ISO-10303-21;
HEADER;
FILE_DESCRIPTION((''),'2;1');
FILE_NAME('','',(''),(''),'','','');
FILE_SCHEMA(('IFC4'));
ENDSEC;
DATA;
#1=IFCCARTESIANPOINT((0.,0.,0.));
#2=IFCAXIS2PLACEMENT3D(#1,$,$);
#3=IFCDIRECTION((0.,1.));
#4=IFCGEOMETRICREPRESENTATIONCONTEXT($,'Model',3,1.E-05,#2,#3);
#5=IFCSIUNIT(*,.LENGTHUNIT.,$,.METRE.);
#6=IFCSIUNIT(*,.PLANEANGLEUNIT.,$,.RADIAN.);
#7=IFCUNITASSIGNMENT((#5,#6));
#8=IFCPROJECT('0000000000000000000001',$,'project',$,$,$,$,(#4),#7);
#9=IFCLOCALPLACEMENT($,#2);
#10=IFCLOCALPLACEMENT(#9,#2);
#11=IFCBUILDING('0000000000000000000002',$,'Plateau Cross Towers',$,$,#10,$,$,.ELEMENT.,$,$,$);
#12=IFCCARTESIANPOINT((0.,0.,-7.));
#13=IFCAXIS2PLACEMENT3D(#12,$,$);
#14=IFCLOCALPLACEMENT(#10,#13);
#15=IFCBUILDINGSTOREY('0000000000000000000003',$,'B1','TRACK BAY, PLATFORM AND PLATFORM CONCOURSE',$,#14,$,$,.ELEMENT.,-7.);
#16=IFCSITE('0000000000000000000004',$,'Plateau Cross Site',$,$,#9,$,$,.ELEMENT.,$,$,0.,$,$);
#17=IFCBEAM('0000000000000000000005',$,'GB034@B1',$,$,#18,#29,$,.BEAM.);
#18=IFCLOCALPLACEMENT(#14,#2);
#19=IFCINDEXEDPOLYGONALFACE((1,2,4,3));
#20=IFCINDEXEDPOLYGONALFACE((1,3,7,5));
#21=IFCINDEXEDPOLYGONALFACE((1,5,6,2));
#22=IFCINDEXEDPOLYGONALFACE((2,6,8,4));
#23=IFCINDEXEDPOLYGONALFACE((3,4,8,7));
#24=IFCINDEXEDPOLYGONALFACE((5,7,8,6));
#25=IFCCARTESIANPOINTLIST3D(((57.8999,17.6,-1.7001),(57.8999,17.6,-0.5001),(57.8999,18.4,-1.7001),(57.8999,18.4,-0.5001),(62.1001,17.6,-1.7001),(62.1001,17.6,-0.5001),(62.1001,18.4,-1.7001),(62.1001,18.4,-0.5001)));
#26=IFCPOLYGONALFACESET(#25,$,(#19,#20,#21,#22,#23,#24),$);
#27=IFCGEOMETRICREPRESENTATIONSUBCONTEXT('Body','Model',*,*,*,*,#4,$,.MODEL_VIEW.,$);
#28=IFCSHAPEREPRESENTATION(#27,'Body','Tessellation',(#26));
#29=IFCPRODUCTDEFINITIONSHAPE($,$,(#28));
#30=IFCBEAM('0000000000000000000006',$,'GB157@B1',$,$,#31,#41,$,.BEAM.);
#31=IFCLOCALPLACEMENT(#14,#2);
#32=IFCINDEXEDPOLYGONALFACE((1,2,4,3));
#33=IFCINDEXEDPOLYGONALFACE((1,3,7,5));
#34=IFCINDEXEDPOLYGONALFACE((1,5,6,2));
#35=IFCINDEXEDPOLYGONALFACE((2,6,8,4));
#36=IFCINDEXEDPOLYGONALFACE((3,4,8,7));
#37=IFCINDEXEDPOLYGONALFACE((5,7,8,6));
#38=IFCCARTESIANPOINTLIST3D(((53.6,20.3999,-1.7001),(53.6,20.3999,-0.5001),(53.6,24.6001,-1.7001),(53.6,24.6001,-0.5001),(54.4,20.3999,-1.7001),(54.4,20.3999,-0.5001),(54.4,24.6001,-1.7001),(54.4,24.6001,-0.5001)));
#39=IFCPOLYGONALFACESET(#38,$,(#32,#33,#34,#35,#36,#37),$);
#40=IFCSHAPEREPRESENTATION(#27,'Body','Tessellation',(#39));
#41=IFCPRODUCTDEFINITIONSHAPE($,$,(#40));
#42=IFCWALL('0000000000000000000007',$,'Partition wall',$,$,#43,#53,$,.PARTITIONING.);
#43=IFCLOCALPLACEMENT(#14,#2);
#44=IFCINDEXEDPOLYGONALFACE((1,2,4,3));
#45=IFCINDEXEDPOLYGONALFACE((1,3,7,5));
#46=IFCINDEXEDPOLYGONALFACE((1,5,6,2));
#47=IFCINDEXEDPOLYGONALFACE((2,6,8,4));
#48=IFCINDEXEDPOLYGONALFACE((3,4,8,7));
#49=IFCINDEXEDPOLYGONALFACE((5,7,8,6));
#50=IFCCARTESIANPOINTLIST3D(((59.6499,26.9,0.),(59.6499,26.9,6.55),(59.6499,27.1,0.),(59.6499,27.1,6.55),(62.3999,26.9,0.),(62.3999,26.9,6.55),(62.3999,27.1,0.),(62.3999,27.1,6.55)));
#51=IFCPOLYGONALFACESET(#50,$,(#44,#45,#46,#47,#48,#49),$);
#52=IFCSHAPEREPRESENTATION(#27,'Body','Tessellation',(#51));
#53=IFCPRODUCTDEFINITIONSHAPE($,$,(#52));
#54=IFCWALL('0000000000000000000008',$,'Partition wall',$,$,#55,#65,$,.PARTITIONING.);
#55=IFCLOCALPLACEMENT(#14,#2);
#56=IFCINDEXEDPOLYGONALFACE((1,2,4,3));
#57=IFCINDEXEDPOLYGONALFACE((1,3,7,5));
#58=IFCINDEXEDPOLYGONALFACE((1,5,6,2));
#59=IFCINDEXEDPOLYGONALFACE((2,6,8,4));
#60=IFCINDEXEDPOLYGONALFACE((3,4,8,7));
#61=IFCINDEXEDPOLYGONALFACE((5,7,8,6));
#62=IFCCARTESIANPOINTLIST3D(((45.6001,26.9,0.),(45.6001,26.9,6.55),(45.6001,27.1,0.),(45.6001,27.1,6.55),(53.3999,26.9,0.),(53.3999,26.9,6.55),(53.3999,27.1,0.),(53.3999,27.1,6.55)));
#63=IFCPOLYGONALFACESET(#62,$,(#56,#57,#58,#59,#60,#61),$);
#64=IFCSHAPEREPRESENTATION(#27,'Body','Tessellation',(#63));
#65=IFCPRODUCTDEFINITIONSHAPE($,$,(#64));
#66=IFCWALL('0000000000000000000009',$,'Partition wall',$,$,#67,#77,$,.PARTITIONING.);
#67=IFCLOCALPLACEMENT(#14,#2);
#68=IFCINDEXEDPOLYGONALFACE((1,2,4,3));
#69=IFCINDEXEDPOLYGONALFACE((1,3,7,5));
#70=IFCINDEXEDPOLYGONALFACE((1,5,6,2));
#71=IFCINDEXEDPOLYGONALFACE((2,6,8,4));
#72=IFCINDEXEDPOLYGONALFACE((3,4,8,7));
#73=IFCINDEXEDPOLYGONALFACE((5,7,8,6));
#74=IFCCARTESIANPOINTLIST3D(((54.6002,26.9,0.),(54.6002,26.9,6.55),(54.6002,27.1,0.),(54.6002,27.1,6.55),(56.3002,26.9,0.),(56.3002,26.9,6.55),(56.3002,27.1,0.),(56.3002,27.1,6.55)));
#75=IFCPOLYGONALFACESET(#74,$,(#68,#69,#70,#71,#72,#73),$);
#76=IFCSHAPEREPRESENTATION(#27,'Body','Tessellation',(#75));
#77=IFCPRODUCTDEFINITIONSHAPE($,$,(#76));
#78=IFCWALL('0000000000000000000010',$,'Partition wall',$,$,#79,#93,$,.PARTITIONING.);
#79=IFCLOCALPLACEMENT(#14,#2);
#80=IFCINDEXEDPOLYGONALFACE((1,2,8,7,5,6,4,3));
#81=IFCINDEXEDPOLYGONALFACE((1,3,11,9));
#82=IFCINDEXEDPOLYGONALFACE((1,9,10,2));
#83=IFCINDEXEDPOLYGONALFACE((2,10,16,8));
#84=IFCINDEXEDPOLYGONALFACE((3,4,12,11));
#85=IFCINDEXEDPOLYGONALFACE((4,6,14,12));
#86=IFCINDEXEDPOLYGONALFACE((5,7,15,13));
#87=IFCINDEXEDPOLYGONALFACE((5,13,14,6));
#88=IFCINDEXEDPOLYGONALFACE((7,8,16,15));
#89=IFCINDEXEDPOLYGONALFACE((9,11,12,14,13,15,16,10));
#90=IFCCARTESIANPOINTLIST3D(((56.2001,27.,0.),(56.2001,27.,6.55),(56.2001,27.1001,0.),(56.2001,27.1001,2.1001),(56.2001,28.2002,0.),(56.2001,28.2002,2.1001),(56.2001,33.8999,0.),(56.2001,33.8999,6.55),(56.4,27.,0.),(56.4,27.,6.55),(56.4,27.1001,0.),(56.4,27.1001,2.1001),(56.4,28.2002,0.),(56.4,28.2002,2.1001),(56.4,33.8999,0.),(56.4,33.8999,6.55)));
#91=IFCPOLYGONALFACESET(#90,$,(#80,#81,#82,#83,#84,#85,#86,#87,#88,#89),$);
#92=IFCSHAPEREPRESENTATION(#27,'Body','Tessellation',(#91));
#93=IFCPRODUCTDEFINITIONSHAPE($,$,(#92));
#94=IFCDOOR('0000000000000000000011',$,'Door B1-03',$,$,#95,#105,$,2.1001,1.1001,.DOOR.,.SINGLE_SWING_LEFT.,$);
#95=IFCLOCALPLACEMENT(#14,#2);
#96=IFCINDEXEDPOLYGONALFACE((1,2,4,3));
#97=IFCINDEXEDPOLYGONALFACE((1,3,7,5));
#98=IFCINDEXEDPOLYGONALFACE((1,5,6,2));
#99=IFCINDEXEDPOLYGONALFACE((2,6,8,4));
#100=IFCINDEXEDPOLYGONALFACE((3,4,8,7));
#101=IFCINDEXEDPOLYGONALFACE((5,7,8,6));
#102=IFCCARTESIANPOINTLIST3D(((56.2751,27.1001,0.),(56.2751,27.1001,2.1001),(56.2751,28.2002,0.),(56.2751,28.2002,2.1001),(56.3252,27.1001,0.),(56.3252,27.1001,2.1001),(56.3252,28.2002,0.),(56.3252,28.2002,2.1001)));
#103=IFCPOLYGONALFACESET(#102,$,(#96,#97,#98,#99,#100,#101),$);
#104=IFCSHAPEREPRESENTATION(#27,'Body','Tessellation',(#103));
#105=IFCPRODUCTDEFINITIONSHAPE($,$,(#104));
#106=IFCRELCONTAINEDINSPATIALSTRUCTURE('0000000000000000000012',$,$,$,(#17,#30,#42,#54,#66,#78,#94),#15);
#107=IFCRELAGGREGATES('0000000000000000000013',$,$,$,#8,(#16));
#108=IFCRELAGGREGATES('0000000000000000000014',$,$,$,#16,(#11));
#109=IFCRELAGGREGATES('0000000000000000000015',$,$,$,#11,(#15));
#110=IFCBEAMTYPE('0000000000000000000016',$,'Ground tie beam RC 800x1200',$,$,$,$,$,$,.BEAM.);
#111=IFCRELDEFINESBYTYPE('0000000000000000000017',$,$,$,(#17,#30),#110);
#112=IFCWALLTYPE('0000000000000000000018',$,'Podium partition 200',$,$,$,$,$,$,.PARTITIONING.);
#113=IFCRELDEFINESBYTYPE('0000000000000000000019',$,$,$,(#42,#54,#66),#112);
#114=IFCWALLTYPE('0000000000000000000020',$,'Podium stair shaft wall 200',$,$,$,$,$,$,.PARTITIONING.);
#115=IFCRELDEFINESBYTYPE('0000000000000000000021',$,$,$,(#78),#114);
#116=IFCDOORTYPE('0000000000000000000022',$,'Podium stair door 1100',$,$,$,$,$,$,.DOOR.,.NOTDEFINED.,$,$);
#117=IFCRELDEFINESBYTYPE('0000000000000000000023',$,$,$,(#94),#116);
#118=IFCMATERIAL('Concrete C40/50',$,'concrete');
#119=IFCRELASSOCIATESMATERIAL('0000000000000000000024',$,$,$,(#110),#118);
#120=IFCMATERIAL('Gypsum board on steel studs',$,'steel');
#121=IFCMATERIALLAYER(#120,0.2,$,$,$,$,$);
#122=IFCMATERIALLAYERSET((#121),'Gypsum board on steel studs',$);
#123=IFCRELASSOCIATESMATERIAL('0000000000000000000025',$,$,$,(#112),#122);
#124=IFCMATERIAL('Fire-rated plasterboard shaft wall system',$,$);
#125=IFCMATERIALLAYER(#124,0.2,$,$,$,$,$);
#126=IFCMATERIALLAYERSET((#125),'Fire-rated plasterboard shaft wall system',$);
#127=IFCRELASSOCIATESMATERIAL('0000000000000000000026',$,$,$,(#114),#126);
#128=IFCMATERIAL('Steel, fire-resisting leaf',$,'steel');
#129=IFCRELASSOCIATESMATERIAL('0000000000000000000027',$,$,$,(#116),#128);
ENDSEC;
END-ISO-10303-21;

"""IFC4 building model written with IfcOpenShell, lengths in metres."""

from ifc_helpers import new_model, si_unit, direction, frame, frame_2d, origin, origin_2d, place, context, subcontext, project, spatial, rectangle, extrude, material, layer, layer_set, material_profile, profile_set, type_object, element, fill, save


model = new_model("IFC4")

# Units and contexts
model_context = context("Model", 3, precision=1e-05, world=origin(), true_north=direction((0.0, 1.0)))
body_context = subcontext(model_context, "Body", "Model", "MODEL_VIEW")
ifc_project = project(units=[si_unit("LENGTHUNIT", "METRE"), si_unit("PLANEANGLEUNIT", "RADIAN")], contexts=[model_context])

# Site, building, storey
site_placement = place(None, origin())
site = spatial("IfcSite", under=ifc_project, at=site_placement, Name="Plateau Cross Site", CompositionType="ELEMENT", RefElevation=0.0)
building_placement = place(site_placement, origin())
building = spatial("IfcBuilding", under=site, at=building_placement, Name="Plateau Cross Towers", CompositionType="ELEMENT")
storey_placement = place(building_placement, frame((0.0, 0.0, -7.0)))
storey = spatial("IfcBuildingStorey", under=building, at=storey_placement, Name="B1", Description="TRACK BAY, PLATFORM AND PLATFORM CONCOURSE", CompositionType="ELEMENT", Elevation=-7.0)

# Shared definitions
ifc_material_1 = material(Name="Concrete C40/50", Category="concrete")

# Beams
ifc_material_profile_1 = material_profile(ifc_material_1, rectangle(XDim=0.8, YDim=1.2, at=origin_2d()), Name="RC 800x1200")
ifc_profile_set_1 = profile_set([ifc_material_profile_1], Name="Concrete C40/50")
beam_type_1 = type_object("IfcBeamType", Name="Ground tie beam RC 800x1200", PredefinedType="BEAM", material=ifc_profile_set_1)
for number, where, z_axis, x_axis, name in (
    (1, (57.8999, 18.0, -1.1001), (1.0, 0.0, 0.0), (0.0, 1.0, 0.0), "GB034@B1"),
    (2, (54.0, 20.3999, -1.1001), (0.0, 1.0, 0.0), (-1.0, 0.0, 0.0), "GB157@B1"),
):
    element("IfcBeam", number, at=place(storey_placement, frame(where, z_axis=z_axis, x_axis=x_axis)), inside=storey, type_object=beam_type_1, Name=name, PredefinedType="BEAM", context=body_context, shape_type="SweptSolid", body=[
        extrude(rectangle(XDim=0.8, YDim=1.2, at=origin_2d()), origin(), (0.0, 0.0, 1.0), 4.2002),
    ])

# Walls
ifc_material_2 = material(Name="Gypsum board on steel studs", Category="steel")
ifc_layer_1 = layer(ifc_material_2, 0.2)
ifc_layer_set_1 = layer_set([ifc_layer_1], Name="Gypsum board on steel studs")
wall_type_1 = type_object("IfcWallType", Name="Podium partition 200", PredefinedType="PARTITIONING", material=ifc_layer_set_1)
wall_1_placement = place(storey_placement, frame((59.6499, 27.0, 0.0), z_axis=(0.0, 0.0, 1.0), x_axis=(1.0, 0.0, 0.0)))
element("IfcWall", 3, at=wall_1_placement, inside=storey, type_object=wall_type_1, Name="Partition wall", PredefinedType="PARTITIONING", context=body_context, shape_type="SweptSolid", body=[
    extrude(rectangle(XDim=2.75, YDim=0.2, at=frame_2d((1.375, 0.0))), origin(), (0.0, 0.0, 1.0), 6.55),
])
wall_2_placement = place(storey_placement, frame((45.6001, 27.0, 0.0), z_axis=(0.0, 0.0, 1.0), x_axis=(1.0, 0.0, 0.0)))
element("IfcWall", 4, at=wall_2_placement, inside=storey, type_object=wall_type_1, Name="Partition wall", PredefinedType="PARTITIONING", context=body_context, shape_type="SweptSolid", body=[
    extrude(rectangle(XDim=7.7998, YDim=0.2, at=frame_2d((3.8999, 0.0))), origin(), (0.0, 0.0, 1.0), 6.55),
])
wall_3_placement = place(storey_placement, frame((54.6001, 27.0, 0.0), z_axis=(0.0, 0.0, 1.0), x_axis=(1.0, 0.0, 0.0)))
element("IfcWall", 5, at=wall_3_placement, inside=storey, type_object=wall_type_1, Name="Partition wall", PredefinedType="PARTITIONING", context=body_context, shape_type="SweptSolid", body=[
    extrude(rectangle(XDim=1.7, YDim=0.2, at=frame_2d((0.8501, 0.0))), origin(), (0.0, 0.0, 1.0), 6.55),
])

# Wall, opening, door
ifc_material_3 = material(Name="Fire-rated plasterboard shaft wall system")
ifc_layer_2 = layer(ifc_material_3, 0.2)
ifc_layer_set_2 = layer_set([ifc_layer_2], Name="Fire-rated plasterboard shaft wall system")
wall_type_2 = type_object("IfcWallType", Name="Podium stair shaft wall 200", PredefinedType="PARTITIONING", material=ifc_layer_set_2)
wall_4_placement = place(storey_placement, frame((56.3, 27.0, 0.0), z_axis=(0.0, 0.0, 1.0), x_axis=(0.0, 1.0, 0.0)))
wall_4 = element("IfcWall", 6, at=wall_4_placement, inside=storey, type_object=wall_type_2, Name="Partition wall", PredefinedType="PARTITIONING", context=body_context, shape_type="SweptSolid", body=[
    extrude(rectangle(XDim=6.8999, YDim=0.2, at=frame_2d((3.45, 0.0))), origin(), (0.0, 0.0, 1.0), 6.55),
])
opening_placement = place(wall_4_placement, frame((0.1001, 0.0, 0.0)))
opening = element("IfcOpeningElement", 7, at=opening_placement, cuts=wall_4, PredefinedType="OPENING", context=body_context, shape_type="SweptSolid", body=[
    extrude(rectangle(XDim=1.1001, YDim=2.1001, at=frame_2d((0.55, 1.05))), frame((0.0, 0.1099, 0.0), z_axis=(0.0, -1.0, 0.0), x_axis=(1.0, 0.0, 0.0)), (0.0, 0.0, 1.0), 0.22),
])
ifc_material_4 = material(Name="Steel, fire-resisting leaf", Category="steel")
door_type = type_object("IfcDoorType", Name="Podium stair door 1100", OperationType="NOTDEFINED", PredefinedType="DOOR", material=ifc_material_4)
door_placement = place(opening_placement, origin())
door = element("IfcDoor", 8, at=door_placement, inside=storey, type_object=door_type, Name="Door B1-03", OperationType="SINGLE_SWING_LEFT", OverallHeight=2.1001, OverallWidth=1.1001, PredefinedType="DOOR", context=body_context, shape_type="SweptSolid", body=[
    extrude(rectangle(XDim=1.1001, YDim=2.1001, at=frame_2d((0.55, 1.05))), frame((0.0, 0.0249, 0.0), z_axis=(0.0, -1.0, 0.0), x_axis=(1.0, 0.0, 0.0)), (0.0, 0.0, 1.0), 0.05),
])
fill(opening, door)

save(model, "model.ifc")
